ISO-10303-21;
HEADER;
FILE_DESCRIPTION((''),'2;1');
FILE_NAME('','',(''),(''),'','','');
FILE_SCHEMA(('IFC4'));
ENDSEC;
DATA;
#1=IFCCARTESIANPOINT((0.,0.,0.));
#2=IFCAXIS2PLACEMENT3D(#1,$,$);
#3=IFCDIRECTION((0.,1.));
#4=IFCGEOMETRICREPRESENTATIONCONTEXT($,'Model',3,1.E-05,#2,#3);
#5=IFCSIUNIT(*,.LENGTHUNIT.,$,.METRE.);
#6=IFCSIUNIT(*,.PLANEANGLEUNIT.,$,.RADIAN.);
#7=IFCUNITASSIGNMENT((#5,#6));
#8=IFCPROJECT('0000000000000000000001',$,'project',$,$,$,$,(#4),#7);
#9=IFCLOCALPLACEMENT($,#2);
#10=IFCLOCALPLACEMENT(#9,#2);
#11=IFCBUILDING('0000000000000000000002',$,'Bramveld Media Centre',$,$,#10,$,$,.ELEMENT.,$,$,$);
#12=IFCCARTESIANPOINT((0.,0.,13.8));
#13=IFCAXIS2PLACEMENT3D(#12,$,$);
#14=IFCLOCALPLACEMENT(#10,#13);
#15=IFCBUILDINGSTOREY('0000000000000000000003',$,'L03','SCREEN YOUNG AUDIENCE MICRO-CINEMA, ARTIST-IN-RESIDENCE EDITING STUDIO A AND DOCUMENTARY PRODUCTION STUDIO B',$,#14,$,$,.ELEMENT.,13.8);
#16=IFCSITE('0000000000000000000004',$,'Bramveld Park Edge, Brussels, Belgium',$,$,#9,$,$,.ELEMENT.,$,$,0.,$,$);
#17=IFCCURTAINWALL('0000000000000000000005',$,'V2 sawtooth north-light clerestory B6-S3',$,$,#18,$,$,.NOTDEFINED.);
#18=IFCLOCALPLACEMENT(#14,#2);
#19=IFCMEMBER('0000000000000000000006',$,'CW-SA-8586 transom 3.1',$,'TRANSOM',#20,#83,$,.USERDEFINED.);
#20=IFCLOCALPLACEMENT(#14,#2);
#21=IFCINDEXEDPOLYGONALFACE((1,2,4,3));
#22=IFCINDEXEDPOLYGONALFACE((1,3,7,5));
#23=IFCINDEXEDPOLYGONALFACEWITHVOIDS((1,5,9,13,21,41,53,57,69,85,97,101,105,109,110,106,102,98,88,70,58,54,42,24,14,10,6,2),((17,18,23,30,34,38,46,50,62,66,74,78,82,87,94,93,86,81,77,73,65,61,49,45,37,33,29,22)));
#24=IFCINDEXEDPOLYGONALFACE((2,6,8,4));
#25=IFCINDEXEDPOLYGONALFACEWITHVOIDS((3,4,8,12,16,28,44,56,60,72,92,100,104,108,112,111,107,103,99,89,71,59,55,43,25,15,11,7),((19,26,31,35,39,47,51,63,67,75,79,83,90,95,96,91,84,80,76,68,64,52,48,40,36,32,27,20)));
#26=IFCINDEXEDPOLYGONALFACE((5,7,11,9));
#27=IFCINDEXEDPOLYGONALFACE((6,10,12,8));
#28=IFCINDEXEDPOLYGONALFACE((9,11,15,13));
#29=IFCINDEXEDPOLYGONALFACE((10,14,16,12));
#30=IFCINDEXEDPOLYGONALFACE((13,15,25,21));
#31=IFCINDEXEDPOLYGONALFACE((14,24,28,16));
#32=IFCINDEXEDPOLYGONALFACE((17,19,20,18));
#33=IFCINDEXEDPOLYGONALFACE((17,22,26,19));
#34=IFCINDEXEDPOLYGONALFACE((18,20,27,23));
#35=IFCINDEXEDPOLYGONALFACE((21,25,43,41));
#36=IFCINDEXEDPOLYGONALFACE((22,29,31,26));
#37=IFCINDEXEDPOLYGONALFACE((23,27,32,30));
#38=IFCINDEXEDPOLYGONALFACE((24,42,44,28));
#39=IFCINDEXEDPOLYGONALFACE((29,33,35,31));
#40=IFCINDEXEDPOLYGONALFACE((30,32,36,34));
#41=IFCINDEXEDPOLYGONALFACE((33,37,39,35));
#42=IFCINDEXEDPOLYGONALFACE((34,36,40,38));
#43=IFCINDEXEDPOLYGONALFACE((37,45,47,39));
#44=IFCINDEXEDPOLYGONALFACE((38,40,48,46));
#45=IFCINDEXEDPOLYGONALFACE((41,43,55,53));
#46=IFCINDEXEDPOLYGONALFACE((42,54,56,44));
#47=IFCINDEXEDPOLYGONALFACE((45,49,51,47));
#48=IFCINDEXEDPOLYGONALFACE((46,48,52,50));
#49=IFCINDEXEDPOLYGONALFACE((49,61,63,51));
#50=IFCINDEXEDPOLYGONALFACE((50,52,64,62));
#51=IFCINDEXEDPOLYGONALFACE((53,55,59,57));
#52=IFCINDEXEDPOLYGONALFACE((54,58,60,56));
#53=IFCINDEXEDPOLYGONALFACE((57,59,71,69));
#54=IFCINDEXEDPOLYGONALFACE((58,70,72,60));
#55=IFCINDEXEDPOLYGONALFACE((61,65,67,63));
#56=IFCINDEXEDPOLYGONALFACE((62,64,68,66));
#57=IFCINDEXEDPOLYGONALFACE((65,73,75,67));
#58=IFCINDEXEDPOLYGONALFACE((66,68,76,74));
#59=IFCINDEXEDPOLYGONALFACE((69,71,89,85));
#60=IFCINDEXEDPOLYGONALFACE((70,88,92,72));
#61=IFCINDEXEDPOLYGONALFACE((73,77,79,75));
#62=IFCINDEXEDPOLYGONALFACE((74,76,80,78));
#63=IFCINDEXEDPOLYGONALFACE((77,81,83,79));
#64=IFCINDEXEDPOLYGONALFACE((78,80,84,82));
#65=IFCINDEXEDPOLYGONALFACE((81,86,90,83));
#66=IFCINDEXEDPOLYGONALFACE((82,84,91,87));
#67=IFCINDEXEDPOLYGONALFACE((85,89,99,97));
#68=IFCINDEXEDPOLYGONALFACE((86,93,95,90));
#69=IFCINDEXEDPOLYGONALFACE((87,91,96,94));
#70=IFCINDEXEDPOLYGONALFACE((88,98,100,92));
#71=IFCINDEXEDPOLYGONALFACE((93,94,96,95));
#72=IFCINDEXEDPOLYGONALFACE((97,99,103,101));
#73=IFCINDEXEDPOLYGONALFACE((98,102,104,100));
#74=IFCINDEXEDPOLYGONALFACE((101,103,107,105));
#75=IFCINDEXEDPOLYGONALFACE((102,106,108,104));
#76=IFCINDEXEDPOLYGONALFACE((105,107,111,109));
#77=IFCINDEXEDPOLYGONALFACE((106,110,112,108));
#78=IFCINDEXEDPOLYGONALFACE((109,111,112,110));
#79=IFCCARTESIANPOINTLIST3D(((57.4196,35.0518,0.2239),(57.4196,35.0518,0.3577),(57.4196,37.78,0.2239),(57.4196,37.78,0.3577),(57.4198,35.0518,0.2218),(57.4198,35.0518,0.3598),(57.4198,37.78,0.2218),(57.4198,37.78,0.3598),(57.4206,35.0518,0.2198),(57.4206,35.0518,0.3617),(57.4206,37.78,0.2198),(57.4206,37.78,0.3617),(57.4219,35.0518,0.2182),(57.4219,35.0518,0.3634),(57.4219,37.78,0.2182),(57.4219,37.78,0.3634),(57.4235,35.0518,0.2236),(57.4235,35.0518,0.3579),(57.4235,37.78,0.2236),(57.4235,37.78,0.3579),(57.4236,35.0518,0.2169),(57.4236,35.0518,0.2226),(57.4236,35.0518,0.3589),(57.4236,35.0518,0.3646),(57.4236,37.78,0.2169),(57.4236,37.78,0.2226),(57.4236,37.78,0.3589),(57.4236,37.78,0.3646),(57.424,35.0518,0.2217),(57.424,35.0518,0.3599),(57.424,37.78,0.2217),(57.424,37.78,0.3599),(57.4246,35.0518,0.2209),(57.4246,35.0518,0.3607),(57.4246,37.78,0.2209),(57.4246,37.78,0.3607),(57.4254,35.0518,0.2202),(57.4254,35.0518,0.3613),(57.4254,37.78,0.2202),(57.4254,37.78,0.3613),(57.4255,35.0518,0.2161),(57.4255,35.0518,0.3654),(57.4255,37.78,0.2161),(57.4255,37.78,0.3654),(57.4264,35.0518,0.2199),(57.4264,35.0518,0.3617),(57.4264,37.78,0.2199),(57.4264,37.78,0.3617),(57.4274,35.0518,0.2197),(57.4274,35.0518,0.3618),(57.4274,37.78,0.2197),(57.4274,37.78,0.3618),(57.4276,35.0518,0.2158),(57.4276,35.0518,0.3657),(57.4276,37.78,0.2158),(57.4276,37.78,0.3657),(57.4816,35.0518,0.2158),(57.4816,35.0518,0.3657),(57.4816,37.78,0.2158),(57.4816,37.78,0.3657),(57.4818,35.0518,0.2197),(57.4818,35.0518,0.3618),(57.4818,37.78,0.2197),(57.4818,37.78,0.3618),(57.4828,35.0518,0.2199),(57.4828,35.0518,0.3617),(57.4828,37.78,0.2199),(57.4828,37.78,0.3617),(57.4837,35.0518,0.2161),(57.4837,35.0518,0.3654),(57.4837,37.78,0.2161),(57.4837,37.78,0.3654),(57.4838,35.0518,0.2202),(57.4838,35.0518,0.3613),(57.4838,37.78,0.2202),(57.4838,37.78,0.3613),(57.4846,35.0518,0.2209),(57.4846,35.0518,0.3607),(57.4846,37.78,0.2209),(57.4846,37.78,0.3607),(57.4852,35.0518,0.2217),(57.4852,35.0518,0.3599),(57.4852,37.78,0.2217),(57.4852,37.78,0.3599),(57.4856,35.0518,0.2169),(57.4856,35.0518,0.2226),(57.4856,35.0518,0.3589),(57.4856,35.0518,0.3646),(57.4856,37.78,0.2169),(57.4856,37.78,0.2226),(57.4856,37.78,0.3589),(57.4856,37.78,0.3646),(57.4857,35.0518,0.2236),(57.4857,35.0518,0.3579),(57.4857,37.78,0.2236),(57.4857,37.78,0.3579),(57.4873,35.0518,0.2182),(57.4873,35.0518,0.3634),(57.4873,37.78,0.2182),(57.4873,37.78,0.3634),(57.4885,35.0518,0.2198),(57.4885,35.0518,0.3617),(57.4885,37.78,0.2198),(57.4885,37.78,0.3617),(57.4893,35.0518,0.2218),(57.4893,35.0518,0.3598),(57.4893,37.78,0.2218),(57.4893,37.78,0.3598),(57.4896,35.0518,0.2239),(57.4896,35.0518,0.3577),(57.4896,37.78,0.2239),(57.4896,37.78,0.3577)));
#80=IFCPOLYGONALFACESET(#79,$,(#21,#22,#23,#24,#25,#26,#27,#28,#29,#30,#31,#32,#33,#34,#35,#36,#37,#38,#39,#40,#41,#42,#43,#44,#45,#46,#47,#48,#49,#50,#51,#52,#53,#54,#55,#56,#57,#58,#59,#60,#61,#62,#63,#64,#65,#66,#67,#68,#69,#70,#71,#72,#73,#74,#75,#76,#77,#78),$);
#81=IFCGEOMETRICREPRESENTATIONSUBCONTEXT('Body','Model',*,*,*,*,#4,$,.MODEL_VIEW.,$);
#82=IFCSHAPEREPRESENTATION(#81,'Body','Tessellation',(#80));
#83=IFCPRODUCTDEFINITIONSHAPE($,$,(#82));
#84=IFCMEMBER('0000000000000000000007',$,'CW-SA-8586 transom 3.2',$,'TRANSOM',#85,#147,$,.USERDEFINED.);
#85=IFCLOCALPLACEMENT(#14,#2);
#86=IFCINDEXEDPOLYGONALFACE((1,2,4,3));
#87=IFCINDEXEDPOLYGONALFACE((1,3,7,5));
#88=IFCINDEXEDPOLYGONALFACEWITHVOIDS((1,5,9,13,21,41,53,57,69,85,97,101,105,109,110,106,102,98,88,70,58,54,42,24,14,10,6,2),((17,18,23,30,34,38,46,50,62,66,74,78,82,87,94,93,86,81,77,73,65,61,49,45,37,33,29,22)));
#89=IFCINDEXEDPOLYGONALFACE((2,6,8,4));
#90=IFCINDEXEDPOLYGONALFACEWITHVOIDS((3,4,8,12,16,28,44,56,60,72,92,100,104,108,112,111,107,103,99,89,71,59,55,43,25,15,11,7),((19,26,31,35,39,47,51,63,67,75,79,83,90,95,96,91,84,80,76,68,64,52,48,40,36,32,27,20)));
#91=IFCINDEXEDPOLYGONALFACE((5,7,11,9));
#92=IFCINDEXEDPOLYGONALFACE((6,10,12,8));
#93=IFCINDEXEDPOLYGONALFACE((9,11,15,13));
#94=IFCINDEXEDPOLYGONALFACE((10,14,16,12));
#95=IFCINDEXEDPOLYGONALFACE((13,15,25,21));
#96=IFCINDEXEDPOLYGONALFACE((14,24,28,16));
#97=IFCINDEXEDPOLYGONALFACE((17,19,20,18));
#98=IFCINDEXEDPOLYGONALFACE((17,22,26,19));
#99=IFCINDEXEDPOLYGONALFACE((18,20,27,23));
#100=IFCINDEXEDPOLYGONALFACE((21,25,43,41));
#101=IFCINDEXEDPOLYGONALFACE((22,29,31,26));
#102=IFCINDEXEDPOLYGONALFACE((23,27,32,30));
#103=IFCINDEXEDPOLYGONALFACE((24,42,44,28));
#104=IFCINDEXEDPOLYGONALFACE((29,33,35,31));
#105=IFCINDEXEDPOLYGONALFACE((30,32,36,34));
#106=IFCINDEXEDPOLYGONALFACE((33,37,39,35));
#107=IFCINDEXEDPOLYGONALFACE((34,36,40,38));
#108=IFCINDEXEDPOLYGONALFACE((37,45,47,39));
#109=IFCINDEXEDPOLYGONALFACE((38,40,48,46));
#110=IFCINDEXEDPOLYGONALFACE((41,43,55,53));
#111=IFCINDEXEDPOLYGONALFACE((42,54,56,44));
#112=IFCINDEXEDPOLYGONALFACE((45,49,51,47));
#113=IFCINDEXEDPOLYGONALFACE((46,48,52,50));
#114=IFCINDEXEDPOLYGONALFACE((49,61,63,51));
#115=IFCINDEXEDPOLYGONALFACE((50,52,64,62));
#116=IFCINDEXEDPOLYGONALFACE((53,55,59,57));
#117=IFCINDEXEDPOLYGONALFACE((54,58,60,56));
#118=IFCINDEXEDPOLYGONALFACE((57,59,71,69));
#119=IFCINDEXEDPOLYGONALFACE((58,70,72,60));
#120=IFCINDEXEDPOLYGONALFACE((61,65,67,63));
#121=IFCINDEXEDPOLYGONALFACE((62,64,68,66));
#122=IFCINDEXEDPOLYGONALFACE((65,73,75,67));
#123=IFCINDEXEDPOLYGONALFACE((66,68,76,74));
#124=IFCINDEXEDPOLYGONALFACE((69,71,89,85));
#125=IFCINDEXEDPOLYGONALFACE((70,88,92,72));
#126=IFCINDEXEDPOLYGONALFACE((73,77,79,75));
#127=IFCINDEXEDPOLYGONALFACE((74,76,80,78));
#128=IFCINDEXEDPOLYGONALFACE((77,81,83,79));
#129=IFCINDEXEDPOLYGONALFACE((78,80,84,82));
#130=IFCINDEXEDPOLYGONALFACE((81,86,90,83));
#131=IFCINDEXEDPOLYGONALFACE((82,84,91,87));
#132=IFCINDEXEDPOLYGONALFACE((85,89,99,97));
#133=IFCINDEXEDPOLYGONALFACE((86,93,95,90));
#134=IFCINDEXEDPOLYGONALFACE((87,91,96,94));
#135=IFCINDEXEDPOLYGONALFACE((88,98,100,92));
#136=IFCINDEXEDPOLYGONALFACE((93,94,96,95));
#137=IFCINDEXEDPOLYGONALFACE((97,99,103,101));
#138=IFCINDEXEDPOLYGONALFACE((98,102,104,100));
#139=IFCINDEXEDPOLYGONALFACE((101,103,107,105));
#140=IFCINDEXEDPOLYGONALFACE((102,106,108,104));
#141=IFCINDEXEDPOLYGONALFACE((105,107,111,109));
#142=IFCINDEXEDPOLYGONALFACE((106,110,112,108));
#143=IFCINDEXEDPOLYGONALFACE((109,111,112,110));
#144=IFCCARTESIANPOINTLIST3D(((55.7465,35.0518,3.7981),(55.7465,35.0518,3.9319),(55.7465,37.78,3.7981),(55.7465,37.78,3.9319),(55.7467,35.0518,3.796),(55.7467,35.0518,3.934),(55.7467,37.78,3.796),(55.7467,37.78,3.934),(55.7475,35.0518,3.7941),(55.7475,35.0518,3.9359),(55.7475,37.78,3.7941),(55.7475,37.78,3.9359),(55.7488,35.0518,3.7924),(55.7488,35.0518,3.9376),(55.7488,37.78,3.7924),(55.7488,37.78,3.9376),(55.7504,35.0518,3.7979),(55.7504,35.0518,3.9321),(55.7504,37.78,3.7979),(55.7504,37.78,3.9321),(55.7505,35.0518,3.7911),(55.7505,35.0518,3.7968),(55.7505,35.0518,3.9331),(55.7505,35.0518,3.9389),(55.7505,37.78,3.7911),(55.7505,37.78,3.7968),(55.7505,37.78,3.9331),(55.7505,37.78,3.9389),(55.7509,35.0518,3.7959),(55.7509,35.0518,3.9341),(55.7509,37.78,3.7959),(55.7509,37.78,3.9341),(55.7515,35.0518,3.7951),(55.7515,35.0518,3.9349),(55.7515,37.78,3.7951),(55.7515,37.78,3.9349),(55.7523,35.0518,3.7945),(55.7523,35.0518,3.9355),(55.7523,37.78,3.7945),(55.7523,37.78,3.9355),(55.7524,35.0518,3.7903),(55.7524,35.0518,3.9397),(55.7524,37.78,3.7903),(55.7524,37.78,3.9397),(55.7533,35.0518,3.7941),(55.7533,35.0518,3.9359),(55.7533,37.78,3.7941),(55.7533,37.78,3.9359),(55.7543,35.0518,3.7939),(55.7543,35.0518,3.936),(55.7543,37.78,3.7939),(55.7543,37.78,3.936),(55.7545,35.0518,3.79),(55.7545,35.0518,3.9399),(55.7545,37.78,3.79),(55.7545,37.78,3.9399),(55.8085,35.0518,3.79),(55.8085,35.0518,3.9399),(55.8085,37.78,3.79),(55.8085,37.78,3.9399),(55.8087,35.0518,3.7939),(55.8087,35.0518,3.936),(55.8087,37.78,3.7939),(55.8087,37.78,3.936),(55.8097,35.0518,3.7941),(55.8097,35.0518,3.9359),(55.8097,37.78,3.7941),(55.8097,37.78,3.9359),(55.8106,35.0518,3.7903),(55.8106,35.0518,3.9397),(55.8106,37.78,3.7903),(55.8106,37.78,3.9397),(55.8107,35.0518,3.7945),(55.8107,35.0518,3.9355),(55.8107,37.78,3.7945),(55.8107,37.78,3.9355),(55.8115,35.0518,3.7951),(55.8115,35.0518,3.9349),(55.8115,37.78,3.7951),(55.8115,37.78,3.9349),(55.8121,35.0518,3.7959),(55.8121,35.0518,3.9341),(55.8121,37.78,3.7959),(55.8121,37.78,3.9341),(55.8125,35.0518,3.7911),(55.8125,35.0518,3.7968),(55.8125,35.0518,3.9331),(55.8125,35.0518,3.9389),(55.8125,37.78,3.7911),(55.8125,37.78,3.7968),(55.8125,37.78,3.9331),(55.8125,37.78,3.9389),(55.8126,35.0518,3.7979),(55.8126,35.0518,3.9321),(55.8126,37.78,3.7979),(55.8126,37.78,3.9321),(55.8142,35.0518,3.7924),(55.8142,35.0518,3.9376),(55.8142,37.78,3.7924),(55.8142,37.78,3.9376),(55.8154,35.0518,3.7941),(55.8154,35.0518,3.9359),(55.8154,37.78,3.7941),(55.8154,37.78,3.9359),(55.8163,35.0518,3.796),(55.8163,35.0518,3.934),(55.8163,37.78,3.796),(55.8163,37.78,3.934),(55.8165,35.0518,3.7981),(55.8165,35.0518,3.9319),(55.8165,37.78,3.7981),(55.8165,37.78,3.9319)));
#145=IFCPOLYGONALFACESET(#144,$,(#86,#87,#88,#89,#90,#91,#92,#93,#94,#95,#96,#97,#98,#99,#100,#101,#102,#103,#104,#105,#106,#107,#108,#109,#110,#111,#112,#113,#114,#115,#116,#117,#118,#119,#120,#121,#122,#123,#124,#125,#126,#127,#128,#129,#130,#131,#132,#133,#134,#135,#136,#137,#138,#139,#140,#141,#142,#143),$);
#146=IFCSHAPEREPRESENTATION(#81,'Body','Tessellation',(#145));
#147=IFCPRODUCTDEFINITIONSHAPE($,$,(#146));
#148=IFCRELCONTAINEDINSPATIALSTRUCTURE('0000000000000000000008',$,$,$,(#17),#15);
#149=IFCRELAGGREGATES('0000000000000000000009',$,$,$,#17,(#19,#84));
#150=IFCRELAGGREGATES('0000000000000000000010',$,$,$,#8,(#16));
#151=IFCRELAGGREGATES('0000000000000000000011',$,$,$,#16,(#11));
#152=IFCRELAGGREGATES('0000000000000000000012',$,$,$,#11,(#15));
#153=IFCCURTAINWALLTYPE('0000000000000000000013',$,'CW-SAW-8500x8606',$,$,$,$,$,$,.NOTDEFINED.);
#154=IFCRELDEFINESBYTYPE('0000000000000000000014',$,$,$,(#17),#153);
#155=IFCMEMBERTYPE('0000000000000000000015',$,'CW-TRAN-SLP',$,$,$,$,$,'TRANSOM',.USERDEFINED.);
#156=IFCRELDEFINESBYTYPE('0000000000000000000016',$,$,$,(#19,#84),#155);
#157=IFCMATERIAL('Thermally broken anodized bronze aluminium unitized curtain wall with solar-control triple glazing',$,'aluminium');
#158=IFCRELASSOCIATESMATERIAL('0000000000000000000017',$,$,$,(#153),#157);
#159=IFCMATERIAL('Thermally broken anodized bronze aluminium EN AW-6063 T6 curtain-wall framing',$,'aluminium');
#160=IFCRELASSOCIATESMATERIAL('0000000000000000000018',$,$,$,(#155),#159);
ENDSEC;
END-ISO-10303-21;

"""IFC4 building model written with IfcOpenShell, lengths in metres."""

from ifc_helpers import new_model, si_unit, direction, frame, origin, origin_2d, place, context, subcontext, project, spatial, hollow_rectangle, extrude, material, material_profile, profile_set, type_object, element, aggregate, save


model = new_model("IFC4")

# Units and contexts
model_context = context("Model", 3, precision=1e-05, world=origin(), true_north=direction((0.0, 1.0)))
body_context = subcontext(model_context, "Body", "Model", "MODEL_VIEW")
ifc_project = project(units=[si_unit("LENGTHUNIT", "METRE"), si_unit("PLANEANGLEUNIT", "RADIAN")], contexts=[model_context])

# Site, building, storey
site_placement = place(None, origin())
site = spatial("IfcSite", under=ifc_project, at=site_placement, Name="Bramveld Park Edge, Brussels, Belgium", CompositionType="ELEMENT", RefElevation=0.0)
building_placement = place(site_placement, origin())
building = spatial("IfcBuilding", under=site, at=building_placement, Name="Bramveld Media Centre", CompositionType="ELEMENT")
storey_placement = place(building_placement, frame((0.0, 0.0, 13.8)))
storey = spatial("IfcBuildingStorey", under=building, at=storey_placement, Name="L03", Description="SCREEN YOUNG AUDIENCE MICRO-CINEMA, ARTIST-IN-RESIDENCE EDITING STUDIO A AND DOCUMENTARY PRODUCTION STUDIO B", CompositionType="ELEMENT", Elevation=13.8)

# Curtain wall, members
ifc_material_1 = material(Name="Thermally broken anodized bronze aluminium unitized curtain wall with solar-control triple glazing", Category="aluminium")
curtain_wall_type = type_object("IfcCurtainWallType", Name="CW-SAW-8500x8606", PredefinedType="NOTDEFINED", material=ifc_material_1)
curtain_wall_placement = place(storey_placement, origin())
curtain_wall = element("IfcCurtainWall", 1, at=curtain_wall_placement, inside=storey, type_object=curtain_wall_type, Name="V2 sawtooth north-light clerestory B6-S3", PredefinedType="NOTDEFINED")
ifc_material_2 = material(Name="Thermally broken anodized bronze aluminium EN AW-6063 T6 curtain-wall framing", Category="aluminium")
ifc_material_profile_1 = material_profile(ifc_material_2, hollow_rectangle(XDim=0.0701, YDim=0.1499, WallThickness=0.0039, InnerFilletRadius=0.0039, OuterFilletRadius=0.0081, at=origin_2d()), Name="AL-TRAN 70x150")
ifc_profile_set_1 = profile_set([ifc_material_profile_1], Name="Thermally broken anodized bronze aluminium EN AW-6063 T6 curtain-wall framing")
member_type_1 = type_object("IfcMemberType", Name="CW-TRAN-SLP", ElementType="TRANSOM", PredefinedType="USERDEFINED", material=ifc_profile_set_1)
member_1_placement = place(storey_placement, frame((57.4546, 35.0518, 0.2908), z_axis=(0.0, 1.0, 0.0), x_axis=(-1.0, 0.0, 0.0)))
member_1 = element("IfcMember", 2, at=member_1_placement, type_object=member_type_1, Name="CW-SA-8586 transom 3.1", ObjectType="TRANSOM", PredefinedType="USERDEFINED", context=body_context, shape_type="SweptSolid", body=[
    extrude(hollow_rectangle(XDim=0.0701, YDim=0.1499, WallThickness=0.0039, InnerFilletRadius=0.0039, OuterFilletRadius=0.0081, at=origin_2d()), origin(), (0.0, 0.0, 1.0), 2.7283),
])
member_2_placement = place(storey_placement, frame((55.7815, 35.0518, 3.865), z_axis=(0.0, 1.0, 0.0), x_axis=(-1.0, 0.0, 0.0)))
member_2 = element("IfcMember", 3, at=member_2_placement, type_object=member_type_1, Name="CW-SA-8586 transom 3.2", ObjectType="TRANSOM", PredefinedType="USERDEFINED", context=body_context, shape_type="SweptSolid", body=[
    extrude(hollow_rectangle(XDim=0.0701, YDim=0.1499, WallThickness=0.0039, InnerFilletRadius=0.0039, OuterFilletRadius=0.0081, at=origin_2d()), origin(), (0.0, 0.0, 1.0), 2.7283),
])

aggregate(curtain_wall, [member_1, member_2])

save(model, "model.ifc")
